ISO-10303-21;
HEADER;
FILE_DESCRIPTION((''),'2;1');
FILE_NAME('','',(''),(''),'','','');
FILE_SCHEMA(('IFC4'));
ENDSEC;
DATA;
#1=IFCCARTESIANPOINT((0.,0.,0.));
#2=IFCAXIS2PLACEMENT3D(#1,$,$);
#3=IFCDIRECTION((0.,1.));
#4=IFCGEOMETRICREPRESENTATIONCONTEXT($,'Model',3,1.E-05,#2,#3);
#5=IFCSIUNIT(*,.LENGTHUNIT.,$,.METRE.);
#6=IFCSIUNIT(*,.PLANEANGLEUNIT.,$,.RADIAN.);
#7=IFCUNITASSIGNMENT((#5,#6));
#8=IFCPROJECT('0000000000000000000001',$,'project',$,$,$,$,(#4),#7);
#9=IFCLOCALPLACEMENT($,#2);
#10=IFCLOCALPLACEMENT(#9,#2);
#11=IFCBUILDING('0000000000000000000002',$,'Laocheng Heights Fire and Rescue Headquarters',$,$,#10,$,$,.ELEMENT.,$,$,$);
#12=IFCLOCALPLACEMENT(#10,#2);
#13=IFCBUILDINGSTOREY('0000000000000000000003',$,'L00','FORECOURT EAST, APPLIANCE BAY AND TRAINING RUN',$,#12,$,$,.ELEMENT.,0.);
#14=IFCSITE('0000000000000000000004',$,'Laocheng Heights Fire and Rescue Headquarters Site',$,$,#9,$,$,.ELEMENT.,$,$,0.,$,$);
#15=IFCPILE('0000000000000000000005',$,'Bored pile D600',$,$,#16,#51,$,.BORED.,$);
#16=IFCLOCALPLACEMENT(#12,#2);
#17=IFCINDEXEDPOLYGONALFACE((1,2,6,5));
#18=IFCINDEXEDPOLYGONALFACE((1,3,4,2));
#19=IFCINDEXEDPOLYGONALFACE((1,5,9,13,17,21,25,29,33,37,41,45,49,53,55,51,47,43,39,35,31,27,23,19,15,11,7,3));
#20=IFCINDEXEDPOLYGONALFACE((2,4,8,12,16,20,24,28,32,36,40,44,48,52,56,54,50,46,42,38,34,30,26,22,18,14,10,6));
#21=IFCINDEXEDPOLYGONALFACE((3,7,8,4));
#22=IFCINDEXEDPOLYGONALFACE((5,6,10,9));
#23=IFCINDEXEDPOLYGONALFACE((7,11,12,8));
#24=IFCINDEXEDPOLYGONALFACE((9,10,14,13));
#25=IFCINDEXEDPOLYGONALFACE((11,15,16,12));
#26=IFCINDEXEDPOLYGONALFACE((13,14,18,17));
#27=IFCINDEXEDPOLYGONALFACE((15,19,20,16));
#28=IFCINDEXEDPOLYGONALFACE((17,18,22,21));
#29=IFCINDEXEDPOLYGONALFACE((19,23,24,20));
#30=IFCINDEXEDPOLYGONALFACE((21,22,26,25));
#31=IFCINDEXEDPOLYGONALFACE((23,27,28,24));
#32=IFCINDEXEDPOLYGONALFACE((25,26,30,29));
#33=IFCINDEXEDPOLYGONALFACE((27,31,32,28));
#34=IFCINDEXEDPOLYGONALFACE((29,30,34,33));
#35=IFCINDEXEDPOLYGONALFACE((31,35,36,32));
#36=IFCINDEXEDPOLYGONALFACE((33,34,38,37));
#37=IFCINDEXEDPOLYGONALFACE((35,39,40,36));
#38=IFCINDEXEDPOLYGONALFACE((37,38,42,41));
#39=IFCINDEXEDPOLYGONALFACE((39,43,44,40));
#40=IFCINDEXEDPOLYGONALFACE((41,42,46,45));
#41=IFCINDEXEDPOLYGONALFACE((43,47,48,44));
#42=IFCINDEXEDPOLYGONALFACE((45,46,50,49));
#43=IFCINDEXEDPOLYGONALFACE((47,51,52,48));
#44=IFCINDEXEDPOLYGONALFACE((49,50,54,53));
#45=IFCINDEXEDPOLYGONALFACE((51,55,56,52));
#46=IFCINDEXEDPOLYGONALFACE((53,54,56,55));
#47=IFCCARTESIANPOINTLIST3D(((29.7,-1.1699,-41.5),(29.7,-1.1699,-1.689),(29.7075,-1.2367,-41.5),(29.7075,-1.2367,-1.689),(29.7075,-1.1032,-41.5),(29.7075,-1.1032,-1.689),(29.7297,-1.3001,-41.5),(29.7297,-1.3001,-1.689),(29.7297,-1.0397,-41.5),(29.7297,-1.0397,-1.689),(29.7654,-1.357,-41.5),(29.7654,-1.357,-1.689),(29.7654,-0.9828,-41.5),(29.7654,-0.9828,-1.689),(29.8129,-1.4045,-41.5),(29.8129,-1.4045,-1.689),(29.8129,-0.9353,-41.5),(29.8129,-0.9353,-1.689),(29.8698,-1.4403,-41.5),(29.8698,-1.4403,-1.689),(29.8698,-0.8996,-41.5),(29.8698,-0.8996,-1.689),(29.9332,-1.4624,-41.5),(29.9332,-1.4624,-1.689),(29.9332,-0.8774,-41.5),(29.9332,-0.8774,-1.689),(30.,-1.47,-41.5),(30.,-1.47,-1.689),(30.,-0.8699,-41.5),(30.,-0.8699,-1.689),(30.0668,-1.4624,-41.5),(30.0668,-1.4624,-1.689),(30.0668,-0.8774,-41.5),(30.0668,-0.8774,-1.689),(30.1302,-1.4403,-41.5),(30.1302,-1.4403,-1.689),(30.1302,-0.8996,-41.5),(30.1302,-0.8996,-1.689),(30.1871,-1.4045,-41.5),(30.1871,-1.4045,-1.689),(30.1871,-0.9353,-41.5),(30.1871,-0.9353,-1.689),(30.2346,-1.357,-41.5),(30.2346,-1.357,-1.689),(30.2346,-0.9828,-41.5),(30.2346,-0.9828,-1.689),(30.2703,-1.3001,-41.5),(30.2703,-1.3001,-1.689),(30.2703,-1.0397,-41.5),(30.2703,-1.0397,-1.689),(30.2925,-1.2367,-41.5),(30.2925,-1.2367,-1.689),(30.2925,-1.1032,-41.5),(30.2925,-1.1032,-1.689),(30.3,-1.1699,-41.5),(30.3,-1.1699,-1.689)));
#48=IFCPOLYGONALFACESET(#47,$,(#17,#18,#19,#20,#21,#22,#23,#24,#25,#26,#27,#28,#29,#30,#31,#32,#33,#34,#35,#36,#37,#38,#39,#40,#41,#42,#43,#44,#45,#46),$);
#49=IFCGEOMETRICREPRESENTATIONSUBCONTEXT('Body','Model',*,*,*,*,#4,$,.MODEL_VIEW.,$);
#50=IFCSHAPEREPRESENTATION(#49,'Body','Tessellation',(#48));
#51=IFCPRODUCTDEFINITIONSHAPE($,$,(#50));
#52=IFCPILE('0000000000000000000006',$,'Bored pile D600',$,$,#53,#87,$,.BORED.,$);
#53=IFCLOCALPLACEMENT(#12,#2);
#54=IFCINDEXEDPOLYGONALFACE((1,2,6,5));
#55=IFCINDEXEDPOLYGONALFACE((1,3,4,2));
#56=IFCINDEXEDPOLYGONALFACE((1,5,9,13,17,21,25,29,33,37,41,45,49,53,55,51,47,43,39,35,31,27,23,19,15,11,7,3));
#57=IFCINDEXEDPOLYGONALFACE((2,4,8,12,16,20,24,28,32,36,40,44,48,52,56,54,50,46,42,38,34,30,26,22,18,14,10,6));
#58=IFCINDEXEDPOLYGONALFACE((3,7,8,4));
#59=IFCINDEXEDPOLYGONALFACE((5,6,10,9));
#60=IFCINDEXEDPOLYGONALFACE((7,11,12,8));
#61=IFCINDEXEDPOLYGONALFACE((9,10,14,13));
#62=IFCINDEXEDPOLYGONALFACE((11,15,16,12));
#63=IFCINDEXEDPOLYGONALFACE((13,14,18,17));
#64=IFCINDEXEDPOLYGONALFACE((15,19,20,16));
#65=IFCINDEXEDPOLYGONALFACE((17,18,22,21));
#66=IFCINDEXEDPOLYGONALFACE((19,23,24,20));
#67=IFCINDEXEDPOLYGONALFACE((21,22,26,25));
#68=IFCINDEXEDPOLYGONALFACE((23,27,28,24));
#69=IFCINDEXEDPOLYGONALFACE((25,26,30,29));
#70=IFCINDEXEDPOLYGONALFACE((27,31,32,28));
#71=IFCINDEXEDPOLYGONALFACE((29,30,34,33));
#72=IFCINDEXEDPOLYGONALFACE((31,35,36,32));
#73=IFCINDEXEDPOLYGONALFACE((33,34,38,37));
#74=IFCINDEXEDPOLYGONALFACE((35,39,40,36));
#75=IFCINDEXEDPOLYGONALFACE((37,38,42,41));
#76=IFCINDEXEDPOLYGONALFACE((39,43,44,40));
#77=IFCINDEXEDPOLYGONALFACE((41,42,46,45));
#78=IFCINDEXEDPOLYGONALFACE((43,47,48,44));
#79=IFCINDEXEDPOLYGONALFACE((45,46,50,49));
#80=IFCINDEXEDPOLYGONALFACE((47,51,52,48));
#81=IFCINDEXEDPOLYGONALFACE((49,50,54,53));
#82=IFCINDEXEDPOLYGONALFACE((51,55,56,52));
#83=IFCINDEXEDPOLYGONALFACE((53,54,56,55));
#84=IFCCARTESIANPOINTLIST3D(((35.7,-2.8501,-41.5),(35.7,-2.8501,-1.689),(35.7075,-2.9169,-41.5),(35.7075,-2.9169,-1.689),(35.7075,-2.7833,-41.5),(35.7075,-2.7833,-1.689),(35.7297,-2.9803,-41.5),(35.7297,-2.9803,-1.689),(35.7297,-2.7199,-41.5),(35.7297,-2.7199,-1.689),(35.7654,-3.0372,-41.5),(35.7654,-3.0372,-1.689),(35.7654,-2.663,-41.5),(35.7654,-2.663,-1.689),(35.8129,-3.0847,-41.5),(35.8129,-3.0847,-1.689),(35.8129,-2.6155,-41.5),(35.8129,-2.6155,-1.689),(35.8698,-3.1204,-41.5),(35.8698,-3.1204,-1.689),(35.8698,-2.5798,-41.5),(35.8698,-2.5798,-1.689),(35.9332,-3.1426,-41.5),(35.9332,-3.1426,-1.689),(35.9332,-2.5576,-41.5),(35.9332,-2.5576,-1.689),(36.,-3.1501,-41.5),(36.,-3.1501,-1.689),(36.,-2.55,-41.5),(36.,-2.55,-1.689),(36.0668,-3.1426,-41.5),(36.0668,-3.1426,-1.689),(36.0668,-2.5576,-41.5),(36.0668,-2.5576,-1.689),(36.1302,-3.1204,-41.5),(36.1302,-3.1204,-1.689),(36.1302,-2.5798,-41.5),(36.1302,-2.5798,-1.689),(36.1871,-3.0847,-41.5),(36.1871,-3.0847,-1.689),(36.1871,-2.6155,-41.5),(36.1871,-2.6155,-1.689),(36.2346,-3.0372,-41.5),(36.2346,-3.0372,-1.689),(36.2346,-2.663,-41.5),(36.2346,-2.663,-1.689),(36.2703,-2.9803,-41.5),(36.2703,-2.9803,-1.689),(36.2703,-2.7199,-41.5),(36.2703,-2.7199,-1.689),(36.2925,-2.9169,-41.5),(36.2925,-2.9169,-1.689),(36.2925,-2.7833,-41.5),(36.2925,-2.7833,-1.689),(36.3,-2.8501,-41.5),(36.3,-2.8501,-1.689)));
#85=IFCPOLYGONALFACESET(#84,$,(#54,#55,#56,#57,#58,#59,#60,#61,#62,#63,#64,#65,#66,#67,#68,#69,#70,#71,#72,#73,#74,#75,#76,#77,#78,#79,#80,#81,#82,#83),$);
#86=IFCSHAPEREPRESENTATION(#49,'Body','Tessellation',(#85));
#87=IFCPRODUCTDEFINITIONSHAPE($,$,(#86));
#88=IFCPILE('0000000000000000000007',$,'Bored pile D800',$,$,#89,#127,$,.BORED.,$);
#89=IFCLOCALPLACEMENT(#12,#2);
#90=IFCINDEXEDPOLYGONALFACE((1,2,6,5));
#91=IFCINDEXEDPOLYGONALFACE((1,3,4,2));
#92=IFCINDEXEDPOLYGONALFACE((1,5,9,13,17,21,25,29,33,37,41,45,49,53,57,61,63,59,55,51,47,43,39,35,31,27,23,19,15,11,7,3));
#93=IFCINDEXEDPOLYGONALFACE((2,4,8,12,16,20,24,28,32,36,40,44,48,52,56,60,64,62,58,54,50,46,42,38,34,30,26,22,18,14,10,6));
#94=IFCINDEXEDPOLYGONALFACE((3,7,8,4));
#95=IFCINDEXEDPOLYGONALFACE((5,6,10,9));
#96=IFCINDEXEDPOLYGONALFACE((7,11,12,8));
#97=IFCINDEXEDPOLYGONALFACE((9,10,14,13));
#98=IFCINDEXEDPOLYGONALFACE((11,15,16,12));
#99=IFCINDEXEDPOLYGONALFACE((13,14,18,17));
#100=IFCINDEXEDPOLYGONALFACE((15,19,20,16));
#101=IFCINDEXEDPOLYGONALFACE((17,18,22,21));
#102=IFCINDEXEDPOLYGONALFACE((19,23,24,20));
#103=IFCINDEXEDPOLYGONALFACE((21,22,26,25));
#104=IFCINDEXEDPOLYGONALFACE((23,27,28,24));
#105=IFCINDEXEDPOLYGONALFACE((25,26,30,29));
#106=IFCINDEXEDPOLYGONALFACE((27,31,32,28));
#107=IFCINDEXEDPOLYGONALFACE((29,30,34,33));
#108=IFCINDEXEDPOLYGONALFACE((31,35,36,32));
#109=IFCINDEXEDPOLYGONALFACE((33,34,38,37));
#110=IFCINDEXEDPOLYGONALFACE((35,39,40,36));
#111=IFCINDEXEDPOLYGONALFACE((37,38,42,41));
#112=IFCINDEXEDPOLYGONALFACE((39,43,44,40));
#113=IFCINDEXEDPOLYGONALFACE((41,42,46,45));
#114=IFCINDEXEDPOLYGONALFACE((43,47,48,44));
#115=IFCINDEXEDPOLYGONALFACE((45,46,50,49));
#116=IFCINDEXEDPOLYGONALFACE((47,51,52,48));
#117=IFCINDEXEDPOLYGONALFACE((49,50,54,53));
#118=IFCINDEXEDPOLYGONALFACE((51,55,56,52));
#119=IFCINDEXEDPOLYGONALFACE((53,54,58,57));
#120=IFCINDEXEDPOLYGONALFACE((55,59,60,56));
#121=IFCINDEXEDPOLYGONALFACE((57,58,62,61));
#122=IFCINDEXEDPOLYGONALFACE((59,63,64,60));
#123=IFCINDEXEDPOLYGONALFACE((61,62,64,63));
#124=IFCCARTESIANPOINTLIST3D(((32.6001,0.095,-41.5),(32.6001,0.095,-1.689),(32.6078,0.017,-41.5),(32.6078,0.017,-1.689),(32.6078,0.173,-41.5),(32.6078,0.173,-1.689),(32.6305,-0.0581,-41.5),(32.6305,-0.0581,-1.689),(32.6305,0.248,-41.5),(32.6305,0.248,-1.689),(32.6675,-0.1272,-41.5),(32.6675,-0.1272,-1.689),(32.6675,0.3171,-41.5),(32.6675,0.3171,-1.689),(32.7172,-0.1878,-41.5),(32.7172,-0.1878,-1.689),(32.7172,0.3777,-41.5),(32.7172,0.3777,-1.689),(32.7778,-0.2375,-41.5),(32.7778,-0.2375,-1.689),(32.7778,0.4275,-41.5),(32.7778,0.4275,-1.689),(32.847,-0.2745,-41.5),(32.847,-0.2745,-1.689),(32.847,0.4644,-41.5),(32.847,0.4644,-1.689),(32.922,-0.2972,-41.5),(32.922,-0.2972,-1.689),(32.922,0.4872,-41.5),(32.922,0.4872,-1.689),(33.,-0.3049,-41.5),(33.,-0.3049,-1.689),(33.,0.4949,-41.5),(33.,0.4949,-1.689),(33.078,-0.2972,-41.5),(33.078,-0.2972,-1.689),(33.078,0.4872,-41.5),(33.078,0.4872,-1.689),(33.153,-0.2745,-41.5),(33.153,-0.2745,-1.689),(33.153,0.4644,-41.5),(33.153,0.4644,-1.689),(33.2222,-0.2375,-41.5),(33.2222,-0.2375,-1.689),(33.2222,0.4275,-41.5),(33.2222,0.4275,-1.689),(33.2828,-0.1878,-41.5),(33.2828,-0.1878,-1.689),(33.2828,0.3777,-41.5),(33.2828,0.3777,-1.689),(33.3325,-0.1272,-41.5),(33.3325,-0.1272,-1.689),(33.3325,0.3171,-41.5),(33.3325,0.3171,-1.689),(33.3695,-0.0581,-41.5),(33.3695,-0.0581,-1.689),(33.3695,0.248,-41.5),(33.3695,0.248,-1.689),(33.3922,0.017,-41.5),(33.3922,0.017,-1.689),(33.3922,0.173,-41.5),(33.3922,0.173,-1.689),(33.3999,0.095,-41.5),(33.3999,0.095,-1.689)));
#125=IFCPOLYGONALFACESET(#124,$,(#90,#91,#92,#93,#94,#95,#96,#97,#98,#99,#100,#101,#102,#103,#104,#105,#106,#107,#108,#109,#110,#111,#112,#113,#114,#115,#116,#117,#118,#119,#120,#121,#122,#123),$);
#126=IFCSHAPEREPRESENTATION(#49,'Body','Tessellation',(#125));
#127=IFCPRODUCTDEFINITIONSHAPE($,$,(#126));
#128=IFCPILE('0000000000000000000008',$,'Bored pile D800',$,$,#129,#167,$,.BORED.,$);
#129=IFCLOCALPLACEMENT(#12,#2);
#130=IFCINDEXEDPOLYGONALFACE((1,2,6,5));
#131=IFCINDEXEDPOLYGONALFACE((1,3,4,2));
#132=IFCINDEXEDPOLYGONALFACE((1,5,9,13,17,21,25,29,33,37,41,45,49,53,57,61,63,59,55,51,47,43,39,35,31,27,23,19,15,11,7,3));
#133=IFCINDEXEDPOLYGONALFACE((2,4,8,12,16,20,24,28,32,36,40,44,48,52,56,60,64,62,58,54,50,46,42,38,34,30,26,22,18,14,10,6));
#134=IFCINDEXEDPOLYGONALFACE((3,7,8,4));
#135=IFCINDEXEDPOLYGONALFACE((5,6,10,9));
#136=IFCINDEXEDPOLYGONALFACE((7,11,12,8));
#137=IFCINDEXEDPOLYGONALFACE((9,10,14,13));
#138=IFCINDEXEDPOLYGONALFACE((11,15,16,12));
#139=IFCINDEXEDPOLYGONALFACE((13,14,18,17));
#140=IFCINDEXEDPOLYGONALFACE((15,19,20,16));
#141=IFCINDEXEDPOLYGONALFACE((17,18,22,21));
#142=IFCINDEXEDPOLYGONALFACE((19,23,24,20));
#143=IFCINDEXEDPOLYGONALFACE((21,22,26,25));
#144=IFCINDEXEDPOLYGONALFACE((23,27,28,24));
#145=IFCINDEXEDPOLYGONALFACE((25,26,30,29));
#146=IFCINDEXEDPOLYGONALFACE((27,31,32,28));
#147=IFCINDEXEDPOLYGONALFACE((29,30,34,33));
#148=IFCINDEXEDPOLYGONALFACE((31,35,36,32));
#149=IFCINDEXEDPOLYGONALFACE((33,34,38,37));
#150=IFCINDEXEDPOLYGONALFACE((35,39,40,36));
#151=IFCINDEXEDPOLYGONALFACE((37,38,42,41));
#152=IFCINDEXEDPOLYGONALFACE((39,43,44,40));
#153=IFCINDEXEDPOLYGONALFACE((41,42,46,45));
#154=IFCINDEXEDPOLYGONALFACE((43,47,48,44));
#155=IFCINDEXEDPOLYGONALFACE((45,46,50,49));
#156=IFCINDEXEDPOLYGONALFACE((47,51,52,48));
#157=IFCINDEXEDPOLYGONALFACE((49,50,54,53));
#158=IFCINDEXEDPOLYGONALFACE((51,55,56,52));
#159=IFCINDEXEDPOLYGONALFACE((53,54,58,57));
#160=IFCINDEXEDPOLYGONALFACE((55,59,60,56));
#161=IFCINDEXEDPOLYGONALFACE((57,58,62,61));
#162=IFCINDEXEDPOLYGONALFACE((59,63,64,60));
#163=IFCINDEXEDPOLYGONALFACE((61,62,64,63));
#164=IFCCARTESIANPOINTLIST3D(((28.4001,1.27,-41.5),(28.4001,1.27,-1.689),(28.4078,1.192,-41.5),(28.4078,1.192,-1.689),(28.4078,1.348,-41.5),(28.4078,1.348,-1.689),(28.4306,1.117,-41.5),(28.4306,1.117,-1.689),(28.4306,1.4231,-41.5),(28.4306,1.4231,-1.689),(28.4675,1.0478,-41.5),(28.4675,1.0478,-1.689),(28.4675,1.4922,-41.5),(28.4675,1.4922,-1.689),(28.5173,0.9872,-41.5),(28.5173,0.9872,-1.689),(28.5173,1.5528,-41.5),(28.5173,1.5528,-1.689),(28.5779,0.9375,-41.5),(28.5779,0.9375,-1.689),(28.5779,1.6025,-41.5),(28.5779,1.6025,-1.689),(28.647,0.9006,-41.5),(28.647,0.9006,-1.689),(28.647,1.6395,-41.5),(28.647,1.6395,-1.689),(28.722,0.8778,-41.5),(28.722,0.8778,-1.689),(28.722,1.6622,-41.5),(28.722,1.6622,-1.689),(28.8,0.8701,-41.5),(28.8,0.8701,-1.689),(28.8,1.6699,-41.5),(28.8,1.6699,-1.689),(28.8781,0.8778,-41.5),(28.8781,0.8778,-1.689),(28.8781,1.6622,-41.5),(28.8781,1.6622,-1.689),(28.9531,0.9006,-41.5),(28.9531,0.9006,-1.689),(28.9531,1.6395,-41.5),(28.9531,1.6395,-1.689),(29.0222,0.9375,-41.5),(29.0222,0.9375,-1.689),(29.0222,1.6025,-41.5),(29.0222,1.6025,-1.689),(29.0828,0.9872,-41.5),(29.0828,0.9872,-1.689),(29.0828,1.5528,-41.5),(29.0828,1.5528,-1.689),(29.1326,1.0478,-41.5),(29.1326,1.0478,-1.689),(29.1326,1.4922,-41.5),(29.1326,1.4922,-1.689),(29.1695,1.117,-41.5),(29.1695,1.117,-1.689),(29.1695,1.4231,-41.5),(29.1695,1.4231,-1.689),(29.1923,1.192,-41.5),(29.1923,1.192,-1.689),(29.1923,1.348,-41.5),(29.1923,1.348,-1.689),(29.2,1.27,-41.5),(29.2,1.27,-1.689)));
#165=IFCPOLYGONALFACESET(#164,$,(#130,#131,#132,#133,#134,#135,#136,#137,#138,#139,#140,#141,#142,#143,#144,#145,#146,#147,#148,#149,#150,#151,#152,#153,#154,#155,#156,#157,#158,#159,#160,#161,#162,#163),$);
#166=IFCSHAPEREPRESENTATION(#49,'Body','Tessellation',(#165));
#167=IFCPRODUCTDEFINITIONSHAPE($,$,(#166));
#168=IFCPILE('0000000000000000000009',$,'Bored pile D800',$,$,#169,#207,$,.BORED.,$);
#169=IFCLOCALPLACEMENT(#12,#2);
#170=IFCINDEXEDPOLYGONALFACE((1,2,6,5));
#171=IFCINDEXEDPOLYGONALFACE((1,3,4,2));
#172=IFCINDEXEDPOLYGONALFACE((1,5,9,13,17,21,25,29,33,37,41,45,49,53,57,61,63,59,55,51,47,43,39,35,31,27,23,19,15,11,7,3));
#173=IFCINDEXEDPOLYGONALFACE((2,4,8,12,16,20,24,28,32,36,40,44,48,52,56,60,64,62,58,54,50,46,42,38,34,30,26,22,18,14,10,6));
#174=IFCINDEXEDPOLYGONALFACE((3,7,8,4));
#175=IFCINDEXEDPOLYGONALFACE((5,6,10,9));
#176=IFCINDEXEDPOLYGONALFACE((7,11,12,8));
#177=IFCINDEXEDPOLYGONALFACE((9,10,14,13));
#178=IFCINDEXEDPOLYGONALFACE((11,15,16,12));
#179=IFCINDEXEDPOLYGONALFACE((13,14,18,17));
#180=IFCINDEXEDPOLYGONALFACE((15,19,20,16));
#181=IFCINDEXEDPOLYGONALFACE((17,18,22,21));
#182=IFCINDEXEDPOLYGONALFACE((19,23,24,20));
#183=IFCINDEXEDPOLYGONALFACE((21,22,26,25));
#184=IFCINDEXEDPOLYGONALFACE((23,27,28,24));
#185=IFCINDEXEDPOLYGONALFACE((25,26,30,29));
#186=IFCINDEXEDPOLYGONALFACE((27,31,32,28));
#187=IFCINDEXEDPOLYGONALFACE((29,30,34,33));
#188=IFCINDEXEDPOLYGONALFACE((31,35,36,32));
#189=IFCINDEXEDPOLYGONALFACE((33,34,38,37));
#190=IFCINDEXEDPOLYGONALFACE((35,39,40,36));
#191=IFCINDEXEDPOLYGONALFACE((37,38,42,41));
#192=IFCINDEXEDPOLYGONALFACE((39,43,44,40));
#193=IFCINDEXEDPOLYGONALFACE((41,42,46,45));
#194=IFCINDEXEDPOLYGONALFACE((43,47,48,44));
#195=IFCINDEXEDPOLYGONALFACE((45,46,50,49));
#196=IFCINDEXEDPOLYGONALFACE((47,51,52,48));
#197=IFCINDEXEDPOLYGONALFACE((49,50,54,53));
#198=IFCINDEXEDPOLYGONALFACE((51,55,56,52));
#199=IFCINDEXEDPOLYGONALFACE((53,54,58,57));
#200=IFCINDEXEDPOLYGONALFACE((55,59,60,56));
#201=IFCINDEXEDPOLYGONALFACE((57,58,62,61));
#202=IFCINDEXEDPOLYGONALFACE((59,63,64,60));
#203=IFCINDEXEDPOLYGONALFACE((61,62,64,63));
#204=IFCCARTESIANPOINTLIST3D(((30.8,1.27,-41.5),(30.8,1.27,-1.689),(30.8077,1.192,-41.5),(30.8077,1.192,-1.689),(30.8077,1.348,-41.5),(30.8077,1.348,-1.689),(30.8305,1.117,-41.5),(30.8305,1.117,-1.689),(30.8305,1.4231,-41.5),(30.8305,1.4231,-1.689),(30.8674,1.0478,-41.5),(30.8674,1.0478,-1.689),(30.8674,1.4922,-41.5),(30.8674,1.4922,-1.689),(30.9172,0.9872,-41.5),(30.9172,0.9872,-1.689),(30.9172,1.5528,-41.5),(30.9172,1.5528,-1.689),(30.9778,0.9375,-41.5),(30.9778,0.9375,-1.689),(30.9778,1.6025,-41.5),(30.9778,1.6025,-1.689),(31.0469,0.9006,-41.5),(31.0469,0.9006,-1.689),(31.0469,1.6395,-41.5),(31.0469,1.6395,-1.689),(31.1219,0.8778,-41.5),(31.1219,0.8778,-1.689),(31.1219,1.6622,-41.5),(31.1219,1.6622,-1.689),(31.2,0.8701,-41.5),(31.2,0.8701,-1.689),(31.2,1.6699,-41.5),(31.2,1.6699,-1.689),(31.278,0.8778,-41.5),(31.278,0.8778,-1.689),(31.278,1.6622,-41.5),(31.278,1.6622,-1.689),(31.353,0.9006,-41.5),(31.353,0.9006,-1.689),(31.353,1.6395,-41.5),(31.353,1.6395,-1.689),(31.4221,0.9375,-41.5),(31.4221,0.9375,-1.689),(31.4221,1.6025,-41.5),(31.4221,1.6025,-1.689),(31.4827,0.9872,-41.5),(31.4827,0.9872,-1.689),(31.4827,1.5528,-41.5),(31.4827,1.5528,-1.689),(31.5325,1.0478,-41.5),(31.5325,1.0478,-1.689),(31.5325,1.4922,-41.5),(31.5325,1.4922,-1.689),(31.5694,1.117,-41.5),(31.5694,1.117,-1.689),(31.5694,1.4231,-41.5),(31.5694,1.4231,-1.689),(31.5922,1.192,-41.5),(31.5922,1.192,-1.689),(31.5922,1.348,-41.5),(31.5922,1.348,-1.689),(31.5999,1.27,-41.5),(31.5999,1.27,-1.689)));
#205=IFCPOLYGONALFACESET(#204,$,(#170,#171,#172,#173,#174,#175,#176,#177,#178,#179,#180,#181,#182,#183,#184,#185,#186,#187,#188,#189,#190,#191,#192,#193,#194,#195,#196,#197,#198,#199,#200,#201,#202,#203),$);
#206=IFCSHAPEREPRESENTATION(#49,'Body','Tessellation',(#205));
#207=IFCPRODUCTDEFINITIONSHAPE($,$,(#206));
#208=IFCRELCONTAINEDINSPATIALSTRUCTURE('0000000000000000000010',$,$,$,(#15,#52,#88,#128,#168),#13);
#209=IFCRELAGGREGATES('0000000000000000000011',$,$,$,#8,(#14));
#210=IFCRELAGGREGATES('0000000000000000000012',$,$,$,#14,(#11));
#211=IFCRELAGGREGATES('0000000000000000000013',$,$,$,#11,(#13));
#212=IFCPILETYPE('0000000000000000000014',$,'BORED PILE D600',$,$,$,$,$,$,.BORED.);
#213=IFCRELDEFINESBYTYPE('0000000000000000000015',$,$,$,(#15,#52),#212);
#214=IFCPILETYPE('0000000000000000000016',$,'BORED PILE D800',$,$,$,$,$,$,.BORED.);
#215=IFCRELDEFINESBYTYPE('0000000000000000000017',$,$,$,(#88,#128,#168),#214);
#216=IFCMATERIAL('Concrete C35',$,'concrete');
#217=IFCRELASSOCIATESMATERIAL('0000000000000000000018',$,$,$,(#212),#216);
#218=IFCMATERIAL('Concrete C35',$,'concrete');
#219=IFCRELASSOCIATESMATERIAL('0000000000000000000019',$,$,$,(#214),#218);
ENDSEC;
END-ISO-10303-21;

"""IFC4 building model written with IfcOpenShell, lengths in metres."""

from ifc_helpers import new_model, si_unit, direction, frame, origin, origin_2d, place, context, subcontext, project, spatial, circle, extrude, material, material_profile, profile_set, type_object, element, save


model = new_model("IFC4")

# Units and contexts
model_context = context("Model", 3, precision=1e-05, world=origin(), true_north=direction((0.0, 1.0)))
body_context = subcontext(model_context, "Body", "Model", "MODEL_VIEW")
ifc_project = project(units=[si_unit("LENGTHUNIT", "METRE"), si_unit("PLANEANGLEUNIT", "RADIAN")], contexts=[model_context])

# Site, building, storey
site_placement = place(None, origin())
site = spatial("IfcSite", under=ifc_project, at=site_placement, Name="Laocheng Heights Fire and Rescue Headquarters Site", CompositionType="ELEMENT", RefElevation=0.0)
building_placement = place(site_placement, origin())
building = spatial("IfcBuilding", under=site, at=building_placement, Name="Laocheng Heights Fire and Rescue Headquarters", CompositionType="ELEMENT")
storey_placement = place(building_placement, origin())
storey = spatial("IfcBuildingStorey", under=building, at=storey_placement, Name="L00", Description="FORECOURT EAST, APPLIANCE BAY AND TRAINING RUN", CompositionType="ELEMENT", Elevation=0.0)

# Piles
ifc_material_1 = material(Name="Concrete C35", Category="concrete")
ifc_material_profile_1 = material_profile(ifc_material_1, circle(Radius=0.3, at=origin_2d()), Name="BORED PILE D600")
ifc_profile_set_1 = profile_set([ifc_material_profile_1], Name="Concrete C35")
pile_type_1 = type_object("IfcPileType", Name="BORED PILE D600", PredefinedType="BORED", material=ifc_profile_set_1)
for number, where, z_axis, x_axis, name in (
    (1, (30.0, -1.1699, -1.689), (0.0, 0.0, -1.0), (1.0, 0.0, 0.0), "Bored pile D600"),
    (2, (36.0, -2.8501, -1.689), (0.0, 0.0, -1.0), (1.0, 0.0, 0.0), "Bored pile D600"),
):
    element("IfcPile", number, at=place(storey_placement, frame(where, z_axis=z_axis, x_axis=x_axis)), inside=storey, type_object=pile_type_1, Name=name, PredefinedType="BORED", context=body_context, shape_type="SweptSolid", body=[
        extrude(circle(Radius=0.3, at=origin_2d()), origin(), (0.0, 0.0, 1.0), 39.811),
    ])
ifc_material_2 = material(Name="Concrete C35", Category="concrete")
ifc_material_profile_2 = material_profile(ifc_material_2, circle(Radius=0.3999, at=origin_2d()), Name="BORED PILE D800")
ifc_profile_set_2 = profile_set([ifc_material_profile_2], Name="Concrete C35")
pile_type_2 = type_object("IfcPileType", Name="BORED PILE D800", PredefinedType="BORED", material=ifc_profile_set_2)
for number, where, z_axis, x_axis, name in (
    (3, (33.0, 0.095, -1.689), (0.0, 0.0, -1.0), (1.0, 0.0, 0.0), "Bored pile D800"),
    (4, (28.8, 1.27, -1.689), (0.0, 0.0, -1.0), (1.0, 0.0, 0.0), "Bored pile D800"),
    (5, (31.2, 1.27, -1.689), (0.0, 0.0, -1.0), (1.0, 0.0, 0.0), "Bored pile D800"),
):
    element("IfcPile", number, at=place(storey_placement, frame(where, z_axis=z_axis, x_axis=x_axis)), inside=storey, type_object=pile_type_2, Name=name, PredefinedType="BORED", context=body_context, shape_type="SweptSolid", body=[
        extrude(circle(Radius=0.3999, at=origin_2d()), origin(), (0.0, 0.0, 1.0), 39.811),
    ])

save(model, "model.ifc")
